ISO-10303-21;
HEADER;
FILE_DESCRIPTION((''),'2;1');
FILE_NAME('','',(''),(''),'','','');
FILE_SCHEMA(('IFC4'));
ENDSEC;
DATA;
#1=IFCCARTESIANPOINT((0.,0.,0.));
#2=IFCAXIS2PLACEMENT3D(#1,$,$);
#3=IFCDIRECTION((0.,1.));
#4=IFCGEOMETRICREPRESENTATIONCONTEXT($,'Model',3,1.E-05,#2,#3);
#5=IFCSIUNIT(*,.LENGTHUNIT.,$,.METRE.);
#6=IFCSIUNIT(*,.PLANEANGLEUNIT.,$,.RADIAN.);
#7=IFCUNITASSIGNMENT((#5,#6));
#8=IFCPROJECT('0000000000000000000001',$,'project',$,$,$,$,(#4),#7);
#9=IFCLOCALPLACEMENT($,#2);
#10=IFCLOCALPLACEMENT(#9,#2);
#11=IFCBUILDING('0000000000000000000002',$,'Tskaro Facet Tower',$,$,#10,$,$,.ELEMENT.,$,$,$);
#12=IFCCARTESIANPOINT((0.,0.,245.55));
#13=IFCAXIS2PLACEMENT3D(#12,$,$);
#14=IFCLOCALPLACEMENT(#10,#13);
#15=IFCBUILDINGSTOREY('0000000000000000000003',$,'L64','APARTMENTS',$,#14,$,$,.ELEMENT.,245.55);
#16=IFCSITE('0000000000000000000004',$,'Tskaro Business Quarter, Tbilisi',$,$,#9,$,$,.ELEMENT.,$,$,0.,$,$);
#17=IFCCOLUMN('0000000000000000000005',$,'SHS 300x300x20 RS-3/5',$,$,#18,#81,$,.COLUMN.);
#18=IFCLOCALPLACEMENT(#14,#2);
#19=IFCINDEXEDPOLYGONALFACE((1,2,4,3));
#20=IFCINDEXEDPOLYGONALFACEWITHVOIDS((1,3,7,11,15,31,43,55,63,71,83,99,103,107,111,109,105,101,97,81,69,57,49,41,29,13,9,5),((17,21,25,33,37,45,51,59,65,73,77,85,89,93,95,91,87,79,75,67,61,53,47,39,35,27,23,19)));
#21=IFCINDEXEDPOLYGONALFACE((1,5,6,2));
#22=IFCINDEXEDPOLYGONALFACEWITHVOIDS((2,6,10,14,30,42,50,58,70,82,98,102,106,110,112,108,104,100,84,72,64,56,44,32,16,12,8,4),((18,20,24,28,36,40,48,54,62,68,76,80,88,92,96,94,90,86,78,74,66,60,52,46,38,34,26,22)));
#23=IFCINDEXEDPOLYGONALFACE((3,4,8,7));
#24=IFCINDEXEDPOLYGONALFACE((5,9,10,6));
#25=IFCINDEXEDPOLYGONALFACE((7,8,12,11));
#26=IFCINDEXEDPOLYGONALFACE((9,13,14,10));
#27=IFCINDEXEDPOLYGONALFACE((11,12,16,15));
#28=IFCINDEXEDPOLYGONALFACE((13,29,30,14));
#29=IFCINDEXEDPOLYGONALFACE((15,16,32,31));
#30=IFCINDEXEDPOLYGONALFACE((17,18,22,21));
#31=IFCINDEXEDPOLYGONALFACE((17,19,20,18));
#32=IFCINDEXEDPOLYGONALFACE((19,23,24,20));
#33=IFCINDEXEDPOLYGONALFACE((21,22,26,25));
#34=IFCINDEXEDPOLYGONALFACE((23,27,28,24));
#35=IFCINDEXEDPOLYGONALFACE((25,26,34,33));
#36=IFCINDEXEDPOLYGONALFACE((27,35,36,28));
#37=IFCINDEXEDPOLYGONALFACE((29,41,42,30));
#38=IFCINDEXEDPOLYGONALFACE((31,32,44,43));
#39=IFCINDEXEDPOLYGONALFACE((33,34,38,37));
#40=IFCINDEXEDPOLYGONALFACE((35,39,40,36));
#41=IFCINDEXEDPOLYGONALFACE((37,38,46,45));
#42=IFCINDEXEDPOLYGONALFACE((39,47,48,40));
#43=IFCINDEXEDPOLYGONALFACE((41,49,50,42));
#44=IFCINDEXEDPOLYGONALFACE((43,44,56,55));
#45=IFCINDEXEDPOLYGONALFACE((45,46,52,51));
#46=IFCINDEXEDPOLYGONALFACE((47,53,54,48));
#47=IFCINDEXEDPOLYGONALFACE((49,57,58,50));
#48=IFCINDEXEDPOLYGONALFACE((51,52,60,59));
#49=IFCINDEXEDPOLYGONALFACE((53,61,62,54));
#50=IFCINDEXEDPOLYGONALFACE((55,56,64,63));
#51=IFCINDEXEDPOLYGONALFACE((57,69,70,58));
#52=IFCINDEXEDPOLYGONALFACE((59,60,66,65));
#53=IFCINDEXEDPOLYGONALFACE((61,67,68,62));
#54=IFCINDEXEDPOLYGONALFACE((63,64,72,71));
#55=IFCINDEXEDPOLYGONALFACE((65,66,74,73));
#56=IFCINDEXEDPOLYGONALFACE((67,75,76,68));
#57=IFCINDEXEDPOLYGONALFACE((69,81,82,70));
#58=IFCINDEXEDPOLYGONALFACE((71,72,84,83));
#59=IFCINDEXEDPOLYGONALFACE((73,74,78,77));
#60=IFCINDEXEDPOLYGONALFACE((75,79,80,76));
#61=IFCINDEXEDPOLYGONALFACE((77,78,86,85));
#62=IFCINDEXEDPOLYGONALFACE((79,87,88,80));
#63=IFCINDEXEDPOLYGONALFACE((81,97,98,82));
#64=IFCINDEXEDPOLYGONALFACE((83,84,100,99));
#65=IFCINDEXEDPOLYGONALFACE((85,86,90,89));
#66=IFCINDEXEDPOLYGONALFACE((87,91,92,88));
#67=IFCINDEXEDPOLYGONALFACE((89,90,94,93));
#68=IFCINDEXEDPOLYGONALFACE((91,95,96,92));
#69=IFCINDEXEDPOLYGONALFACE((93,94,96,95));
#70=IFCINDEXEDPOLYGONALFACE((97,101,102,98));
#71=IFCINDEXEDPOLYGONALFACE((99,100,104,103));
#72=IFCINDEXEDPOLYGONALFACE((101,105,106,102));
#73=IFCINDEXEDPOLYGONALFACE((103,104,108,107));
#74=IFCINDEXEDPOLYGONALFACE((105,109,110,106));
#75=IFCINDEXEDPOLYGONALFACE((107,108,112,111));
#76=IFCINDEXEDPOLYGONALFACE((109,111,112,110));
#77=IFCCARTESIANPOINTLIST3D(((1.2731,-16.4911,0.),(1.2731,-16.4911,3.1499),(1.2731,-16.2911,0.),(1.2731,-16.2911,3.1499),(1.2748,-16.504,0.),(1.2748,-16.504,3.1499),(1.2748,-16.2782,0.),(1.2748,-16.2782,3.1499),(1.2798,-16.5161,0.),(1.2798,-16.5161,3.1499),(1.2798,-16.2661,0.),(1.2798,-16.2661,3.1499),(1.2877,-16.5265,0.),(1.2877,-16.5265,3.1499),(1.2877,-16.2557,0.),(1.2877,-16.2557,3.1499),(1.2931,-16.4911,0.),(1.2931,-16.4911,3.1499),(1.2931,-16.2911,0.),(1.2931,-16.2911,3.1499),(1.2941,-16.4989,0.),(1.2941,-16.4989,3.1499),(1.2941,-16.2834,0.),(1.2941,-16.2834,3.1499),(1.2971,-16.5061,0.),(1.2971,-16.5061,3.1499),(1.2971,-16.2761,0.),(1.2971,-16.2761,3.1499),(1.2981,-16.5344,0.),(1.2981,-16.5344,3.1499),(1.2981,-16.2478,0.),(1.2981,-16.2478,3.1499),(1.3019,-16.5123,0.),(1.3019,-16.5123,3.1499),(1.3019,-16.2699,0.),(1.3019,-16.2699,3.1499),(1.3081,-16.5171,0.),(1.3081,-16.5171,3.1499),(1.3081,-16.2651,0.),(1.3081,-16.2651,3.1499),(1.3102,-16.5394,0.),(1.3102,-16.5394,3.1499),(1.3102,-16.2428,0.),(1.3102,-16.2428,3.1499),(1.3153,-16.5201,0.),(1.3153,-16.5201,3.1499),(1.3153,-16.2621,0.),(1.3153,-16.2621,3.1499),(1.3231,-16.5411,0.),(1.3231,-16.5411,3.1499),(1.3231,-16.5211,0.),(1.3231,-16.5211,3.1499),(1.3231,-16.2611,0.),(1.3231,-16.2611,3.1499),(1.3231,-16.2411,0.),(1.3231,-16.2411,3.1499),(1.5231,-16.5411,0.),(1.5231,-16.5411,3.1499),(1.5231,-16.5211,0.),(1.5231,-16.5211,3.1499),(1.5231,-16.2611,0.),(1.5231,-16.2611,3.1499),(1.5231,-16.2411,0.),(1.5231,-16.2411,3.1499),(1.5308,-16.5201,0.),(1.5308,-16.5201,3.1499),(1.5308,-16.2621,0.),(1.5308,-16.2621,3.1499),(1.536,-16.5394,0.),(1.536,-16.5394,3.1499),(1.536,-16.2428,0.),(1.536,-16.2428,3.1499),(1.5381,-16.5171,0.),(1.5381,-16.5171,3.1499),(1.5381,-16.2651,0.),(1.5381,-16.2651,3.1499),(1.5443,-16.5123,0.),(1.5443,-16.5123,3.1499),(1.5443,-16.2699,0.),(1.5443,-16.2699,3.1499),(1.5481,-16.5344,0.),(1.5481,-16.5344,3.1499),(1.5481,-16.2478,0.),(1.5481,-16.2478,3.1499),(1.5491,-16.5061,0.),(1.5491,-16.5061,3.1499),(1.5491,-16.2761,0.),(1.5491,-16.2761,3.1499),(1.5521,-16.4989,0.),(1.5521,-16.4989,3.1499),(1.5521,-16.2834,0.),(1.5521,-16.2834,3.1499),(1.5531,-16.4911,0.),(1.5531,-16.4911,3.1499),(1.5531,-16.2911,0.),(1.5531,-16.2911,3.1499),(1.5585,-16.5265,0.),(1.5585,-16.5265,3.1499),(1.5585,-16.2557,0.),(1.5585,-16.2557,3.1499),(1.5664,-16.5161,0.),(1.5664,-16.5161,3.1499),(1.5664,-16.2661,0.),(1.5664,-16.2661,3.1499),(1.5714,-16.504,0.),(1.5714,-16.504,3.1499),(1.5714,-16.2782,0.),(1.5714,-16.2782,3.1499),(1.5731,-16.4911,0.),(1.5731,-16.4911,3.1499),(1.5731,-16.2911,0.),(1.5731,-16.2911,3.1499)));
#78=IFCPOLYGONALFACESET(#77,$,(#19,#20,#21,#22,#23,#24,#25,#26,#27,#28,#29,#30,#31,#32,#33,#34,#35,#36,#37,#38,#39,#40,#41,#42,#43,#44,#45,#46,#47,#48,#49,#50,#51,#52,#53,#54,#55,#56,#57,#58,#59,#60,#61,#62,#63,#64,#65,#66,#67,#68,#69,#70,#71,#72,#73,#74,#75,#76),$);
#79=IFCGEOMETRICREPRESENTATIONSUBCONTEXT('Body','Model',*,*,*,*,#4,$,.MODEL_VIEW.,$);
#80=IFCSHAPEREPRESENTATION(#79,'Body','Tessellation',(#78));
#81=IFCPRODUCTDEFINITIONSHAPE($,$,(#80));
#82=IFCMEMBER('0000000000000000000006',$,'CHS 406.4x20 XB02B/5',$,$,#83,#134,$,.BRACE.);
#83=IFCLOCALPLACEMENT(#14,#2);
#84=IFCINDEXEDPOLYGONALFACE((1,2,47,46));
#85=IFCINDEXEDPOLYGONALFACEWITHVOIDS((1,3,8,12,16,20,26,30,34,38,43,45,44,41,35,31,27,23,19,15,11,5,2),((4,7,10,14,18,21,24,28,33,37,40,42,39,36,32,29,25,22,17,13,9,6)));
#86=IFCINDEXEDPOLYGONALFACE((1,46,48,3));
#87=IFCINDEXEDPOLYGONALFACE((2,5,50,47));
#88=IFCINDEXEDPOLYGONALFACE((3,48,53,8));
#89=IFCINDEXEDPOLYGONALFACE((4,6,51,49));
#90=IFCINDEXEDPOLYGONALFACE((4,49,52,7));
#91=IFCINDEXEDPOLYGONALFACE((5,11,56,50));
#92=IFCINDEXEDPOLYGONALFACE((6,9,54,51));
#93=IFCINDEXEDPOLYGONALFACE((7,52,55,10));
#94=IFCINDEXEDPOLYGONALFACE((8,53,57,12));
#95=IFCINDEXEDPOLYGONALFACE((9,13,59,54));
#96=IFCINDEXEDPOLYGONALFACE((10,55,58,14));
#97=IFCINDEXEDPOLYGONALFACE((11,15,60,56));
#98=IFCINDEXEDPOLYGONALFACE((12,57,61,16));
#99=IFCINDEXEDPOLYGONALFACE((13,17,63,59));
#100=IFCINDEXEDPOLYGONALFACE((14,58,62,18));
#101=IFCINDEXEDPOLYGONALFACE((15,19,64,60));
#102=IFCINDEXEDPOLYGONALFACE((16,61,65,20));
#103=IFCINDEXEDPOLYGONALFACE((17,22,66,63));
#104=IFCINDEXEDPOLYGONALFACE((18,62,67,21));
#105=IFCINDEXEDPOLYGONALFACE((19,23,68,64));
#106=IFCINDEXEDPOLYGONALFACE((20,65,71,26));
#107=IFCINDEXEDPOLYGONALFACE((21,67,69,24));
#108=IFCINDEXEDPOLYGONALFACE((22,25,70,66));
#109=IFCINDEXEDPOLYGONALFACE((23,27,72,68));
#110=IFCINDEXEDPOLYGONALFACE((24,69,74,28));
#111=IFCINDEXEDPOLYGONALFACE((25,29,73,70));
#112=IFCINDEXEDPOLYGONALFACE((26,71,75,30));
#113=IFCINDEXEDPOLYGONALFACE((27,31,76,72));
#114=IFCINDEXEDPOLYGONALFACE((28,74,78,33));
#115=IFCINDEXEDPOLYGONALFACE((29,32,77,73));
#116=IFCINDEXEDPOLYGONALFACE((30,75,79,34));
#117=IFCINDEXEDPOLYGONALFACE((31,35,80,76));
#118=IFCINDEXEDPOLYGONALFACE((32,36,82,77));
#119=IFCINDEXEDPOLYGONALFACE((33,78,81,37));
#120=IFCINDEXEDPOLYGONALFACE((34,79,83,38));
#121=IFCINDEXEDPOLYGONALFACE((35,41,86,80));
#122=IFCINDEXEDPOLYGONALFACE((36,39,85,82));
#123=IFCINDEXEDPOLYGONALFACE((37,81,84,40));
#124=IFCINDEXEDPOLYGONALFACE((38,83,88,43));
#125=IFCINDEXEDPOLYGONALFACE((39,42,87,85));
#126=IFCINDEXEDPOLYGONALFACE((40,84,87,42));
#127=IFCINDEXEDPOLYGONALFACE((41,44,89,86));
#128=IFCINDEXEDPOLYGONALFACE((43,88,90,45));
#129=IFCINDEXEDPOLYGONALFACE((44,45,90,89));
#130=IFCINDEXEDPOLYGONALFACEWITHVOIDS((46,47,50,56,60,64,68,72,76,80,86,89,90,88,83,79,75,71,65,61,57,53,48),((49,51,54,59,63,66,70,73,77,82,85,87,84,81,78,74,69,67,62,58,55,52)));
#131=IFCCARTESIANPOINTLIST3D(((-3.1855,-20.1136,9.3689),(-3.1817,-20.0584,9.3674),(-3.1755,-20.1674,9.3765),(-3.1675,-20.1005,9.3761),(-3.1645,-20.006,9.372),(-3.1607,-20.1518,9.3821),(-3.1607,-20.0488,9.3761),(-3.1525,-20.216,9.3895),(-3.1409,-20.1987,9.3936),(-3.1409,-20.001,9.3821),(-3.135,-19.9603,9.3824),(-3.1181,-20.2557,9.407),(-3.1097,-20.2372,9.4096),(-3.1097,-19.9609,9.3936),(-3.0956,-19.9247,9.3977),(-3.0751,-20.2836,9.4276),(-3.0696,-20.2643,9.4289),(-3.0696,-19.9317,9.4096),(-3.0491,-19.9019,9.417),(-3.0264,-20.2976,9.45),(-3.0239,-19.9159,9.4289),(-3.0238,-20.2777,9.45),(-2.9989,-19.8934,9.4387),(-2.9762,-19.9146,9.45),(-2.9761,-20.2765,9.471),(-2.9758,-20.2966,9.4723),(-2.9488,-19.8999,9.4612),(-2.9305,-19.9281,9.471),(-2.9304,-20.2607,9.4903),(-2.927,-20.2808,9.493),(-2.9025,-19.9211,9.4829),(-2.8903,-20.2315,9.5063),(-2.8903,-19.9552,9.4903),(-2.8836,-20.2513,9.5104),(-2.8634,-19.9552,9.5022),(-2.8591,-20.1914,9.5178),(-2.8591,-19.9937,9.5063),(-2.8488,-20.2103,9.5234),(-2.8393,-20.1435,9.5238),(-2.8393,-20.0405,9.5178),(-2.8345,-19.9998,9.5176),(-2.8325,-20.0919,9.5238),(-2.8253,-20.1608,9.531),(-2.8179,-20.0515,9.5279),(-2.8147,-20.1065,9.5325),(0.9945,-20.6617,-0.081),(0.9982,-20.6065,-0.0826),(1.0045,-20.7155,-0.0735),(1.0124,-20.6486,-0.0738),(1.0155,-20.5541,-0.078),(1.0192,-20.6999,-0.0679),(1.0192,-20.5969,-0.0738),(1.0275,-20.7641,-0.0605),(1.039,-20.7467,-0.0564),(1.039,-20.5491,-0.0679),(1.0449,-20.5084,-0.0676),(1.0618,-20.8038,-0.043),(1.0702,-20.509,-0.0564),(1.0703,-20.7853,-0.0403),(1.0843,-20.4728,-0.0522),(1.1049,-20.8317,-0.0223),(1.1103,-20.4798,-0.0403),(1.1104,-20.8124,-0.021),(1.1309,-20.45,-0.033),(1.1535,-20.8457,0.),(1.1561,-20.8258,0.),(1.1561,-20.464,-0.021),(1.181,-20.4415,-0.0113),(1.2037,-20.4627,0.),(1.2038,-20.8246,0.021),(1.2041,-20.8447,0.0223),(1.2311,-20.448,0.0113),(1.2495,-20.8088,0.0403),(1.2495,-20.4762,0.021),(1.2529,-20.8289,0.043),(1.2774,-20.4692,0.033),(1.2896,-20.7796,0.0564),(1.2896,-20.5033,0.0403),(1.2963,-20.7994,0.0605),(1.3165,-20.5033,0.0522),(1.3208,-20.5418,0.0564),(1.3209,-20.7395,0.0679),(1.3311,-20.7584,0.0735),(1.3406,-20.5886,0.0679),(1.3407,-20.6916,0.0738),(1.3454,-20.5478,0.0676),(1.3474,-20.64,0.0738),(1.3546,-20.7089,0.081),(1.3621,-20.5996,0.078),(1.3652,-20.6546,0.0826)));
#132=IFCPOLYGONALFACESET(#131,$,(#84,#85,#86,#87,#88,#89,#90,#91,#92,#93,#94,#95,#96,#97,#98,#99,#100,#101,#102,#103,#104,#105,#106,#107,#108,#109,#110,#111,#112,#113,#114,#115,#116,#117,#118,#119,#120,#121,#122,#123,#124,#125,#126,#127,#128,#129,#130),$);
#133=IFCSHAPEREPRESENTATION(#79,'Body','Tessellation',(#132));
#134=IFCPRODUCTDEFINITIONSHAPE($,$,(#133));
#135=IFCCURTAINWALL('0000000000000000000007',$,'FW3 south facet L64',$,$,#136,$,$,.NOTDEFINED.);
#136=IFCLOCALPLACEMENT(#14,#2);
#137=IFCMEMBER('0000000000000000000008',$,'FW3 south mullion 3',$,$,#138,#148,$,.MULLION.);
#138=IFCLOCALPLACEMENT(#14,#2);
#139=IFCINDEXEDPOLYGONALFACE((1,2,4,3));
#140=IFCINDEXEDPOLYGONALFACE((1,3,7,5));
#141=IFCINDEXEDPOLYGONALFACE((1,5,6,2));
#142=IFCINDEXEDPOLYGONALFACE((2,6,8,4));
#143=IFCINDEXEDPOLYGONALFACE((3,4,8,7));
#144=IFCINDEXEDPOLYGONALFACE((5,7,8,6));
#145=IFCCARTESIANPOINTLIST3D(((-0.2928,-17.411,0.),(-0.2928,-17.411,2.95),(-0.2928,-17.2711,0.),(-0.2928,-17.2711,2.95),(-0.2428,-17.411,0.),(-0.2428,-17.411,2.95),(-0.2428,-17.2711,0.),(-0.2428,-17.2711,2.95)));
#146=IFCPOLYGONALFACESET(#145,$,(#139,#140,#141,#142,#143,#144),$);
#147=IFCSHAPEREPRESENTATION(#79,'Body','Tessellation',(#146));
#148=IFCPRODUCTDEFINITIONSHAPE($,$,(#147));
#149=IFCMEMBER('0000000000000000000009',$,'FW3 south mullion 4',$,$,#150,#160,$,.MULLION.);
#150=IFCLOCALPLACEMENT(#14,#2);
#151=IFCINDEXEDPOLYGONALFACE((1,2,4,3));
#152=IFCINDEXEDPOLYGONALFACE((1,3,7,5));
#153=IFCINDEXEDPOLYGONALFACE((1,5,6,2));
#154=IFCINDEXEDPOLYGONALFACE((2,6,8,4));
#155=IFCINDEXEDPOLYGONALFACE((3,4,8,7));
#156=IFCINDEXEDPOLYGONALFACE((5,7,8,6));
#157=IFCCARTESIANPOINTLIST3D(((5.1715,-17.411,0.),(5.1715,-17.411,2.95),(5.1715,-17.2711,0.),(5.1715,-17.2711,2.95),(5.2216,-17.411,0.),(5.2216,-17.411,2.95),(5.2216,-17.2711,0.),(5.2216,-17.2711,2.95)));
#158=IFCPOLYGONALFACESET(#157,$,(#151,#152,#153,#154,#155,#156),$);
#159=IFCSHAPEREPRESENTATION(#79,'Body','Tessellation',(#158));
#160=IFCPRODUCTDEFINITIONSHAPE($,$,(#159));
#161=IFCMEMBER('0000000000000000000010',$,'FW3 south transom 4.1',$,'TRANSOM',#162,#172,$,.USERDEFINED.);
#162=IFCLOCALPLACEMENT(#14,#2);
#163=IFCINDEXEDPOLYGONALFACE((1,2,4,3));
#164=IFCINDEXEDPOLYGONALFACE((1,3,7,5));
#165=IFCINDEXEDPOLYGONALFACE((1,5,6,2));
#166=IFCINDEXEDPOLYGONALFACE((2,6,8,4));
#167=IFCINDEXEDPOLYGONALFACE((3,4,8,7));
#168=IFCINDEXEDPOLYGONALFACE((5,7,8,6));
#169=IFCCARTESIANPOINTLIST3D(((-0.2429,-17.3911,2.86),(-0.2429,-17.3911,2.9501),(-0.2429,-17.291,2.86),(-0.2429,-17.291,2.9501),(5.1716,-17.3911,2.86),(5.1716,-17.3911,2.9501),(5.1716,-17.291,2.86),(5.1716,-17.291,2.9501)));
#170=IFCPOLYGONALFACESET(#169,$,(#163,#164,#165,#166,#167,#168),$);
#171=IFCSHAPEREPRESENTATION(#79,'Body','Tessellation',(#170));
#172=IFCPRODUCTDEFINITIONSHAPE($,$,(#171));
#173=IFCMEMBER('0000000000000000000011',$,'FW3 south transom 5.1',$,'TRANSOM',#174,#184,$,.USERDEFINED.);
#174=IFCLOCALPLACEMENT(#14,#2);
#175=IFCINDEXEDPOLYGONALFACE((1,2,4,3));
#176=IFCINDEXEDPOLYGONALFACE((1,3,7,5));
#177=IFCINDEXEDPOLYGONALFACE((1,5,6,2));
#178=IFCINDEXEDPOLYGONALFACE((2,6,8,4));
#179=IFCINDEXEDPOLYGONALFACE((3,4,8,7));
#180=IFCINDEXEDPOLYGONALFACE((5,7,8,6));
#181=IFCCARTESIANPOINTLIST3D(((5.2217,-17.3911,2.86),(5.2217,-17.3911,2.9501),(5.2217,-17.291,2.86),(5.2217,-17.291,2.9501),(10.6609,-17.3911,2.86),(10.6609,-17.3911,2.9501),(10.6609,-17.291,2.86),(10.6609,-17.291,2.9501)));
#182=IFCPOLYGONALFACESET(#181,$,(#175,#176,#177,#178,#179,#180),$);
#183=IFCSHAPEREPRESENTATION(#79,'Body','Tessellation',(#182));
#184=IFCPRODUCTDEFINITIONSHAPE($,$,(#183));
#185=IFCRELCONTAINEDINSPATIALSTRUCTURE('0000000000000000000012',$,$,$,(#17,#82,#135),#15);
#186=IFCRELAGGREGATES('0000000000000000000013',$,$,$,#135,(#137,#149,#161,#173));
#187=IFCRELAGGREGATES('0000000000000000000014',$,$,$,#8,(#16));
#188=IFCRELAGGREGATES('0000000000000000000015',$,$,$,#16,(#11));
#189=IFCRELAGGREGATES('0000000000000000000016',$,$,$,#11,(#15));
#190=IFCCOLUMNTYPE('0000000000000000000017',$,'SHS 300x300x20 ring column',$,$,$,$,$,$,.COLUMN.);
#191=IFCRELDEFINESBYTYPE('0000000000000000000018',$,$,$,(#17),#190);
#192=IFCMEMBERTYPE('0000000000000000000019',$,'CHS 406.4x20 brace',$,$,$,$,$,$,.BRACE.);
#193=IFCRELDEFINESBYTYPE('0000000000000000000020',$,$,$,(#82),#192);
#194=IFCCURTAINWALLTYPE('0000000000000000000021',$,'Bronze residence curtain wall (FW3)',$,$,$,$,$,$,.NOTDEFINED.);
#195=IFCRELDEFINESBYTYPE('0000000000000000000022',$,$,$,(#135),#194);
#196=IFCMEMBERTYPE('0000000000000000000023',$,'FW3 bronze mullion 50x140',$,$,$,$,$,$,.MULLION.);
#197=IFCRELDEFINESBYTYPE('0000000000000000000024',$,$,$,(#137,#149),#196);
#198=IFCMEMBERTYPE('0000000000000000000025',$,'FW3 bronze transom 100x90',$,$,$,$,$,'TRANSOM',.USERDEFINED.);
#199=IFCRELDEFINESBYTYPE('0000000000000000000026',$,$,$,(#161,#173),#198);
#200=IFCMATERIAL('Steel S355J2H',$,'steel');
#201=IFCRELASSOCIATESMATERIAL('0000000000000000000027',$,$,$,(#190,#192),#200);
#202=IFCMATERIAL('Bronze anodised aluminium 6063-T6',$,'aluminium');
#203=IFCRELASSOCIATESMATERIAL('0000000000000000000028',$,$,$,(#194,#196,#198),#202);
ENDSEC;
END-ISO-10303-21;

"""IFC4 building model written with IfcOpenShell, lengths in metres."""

from ifc_helpers import new_model, si_unit, direction, frame, origin, origin_2d, place, context, subcontext, project, spatial, rectangle, hollow_rectangle, hollow_circle, extrude, material, material_profile, profile_set, type_object, element, aggregate, save


model = new_model("IFC4")

# Units and contexts
model_context = context("Model", 3, precision=1e-05, world=origin(), true_north=direction((0.0, 1.0)))
body_context = subcontext(model_context, "Body", "Model", "MODEL_VIEW")
ifc_project = project(units=[si_unit("LENGTHUNIT", "METRE"), si_unit("PLANEANGLEUNIT", "RADIAN")], contexts=[model_context])

# Site, building, storey
site_placement = place(None, origin())
site = spatial("IfcSite", under=ifc_project, at=site_placement, Name="Tskaro Business Quarter, Tbilisi", CompositionType="ELEMENT", RefElevation=0.0)
building_placement = place(site_placement, origin())
building = spatial("IfcBuilding", under=site, at=building_placement, Name="Tskaro Facet Tower", CompositionType="ELEMENT")
storey_placement = place(building_placement, frame((0.0, 0.0, 245.55)))
storey = spatial("IfcBuildingStorey", under=building, at=storey_placement, Name="L64", Description="APARTMENTS", CompositionType="ELEMENT", Elevation=245.55)

# Column
ifc_material_1 = material(Name="Steel S355J2H", Category="steel")
ifc_material_profile_1 = material_profile(ifc_material_1, hollow_rectangle(XDim=0.3, YDim=0.3, WallThickness=0.02, InnerFilletRadius=0.03, OuterFilletRadius=0.05, at=origin_2d()), Name="SHS 300x300x20")
ifc_profile_set_1 = profile_set([ifc_material_profile_1], Name="Steel S355J2H")
column_type = type_object("IfcColumnType", Name="SHS 300x300x20 ring column", PredefinedType="COLUMN", material=ifc_profile_set_1)
column_placement = place(storey_placement, frame((1.4231, -16.3911, 0.0), z_axis=(0.0, 0.0, 1.0), x_axis=(1.0, 0.0, 0.0)))
element("IfcColumn", 1, at=column_placement, inside=storey, type_object=column_type, Name="SHS 300x300x20 RS-3/5", PredefinedType="COLUMN", context=body_context, shape_type="SweptSolid", body=[
    extrude(hollow_rectangle(XDim=0.3, YDim=0.3, WallThickness=0.02, InnerFilletRadius=0.03, OuterFilletRadius=0.05, at=origin_2d()), origin(), (0.0, 0.0, 1.0), 3.1499),
])

# Member
ifc_material_profile_2 = material_profile(ifc_material_1, hollow_circle(Radius=0.2031, WallThickness=0.02, at=origin_2d()), Name="CHS 406.4x20")
ifc_profile_set_2 = profile_set([ifc_material_profile_2], Name="Steel S355J2H")
member_type_1 = type_object("IfcMemberType", Name="CHS 406.4x20 brace", PredefinedType="BRACE", material=ifc_profile_set_2)
member_1_placement = place(storey_placement, frame((1.1799, -20.6443, 0.0), z_axis=(-0.40395, 0.052968, 0.913246), x_axis=(-0.130013, -0.991512, 0.0)))
element("IfcMember", 2, at=member_1_placement, inside=storey, type_object=member_type_1, Name="CHS 406.4x20 XB02B/5", PredefinedType="BRACE", context=body_context, shape_type="SweptSolid", body=[
    extrude(hollow_circle(Radius=0.2031, WallThickness=0.02, at=origin_2d()), origin(), (0.0, 0.0, 1.0), 10.3477),
])

# Curtain wall, members
ifc_material_2 = material(Name="Bronze anodised aluminium 6063-T6", Category="aluminium")
curtain_wall_type = type_object("IfcCurtainWallType", Name="Bronze residence curtain wall (FW3)", PredefinedType="NOTDEFINED", material=ifc_material_2)
curtain_wall_placement = place(storey_placement, origin())
curtain_wall = element("IfcCurtainWall", 3, at=curtain_wall_placement, inside=storey, type_object=curtain_wall_type, Name="FW3 south facet L64", PredefinedType="NOTDEFINED")
ifc_material_profile_3 = material_profile(ifc_material_2, rectangle(XDim=0.05, YDim=0.1399, at=origin_2d()), Name="Mullion 50x140")
ifc_profile_set_3 = profile_set([ifc_material_profile_3], Name="Bronze anodised aluminium 6063-T6")
member_type_2 = type_object("IfcMemberType", Name="FW3 bronze mullion 50x140", PredefinedType="MULLION", material=ifc_profile_set_3)
member_2_placement = place(storey_placement, frame((-0.2678, -17.3411, 0.0), z_axis=(0.0, 0.0, 1.0), x_axis=(1.0, 0.0, 0.0)))
member_2 = element("IfcMember", 4, at=member_2_placement, type_object=member_type_2, Name="FW3 south mullion 3", PredefinedType="MULLION", context=body_context, shape_type="SweptSolid", body=[
    extrude(rectangle(XDim=0.05, YDim=0.1399, at=origin_2d()), origin(), (0.0, 0.0, 1.0), 2.95),
])
member_3_placement = place(storey_placement, frame((5.1965, -17.3411, 0.0), z_axis=(0.0, 0.0, 1.0), x_axis=(1.0, 0.0, 0.0)))
member_3 = element("IfcMember", 5, at=member_3_placement, type_object=member_type_2, Name="FW3 south mullion 4", PredefinedType="MULLION", context=body_context, shape_type="SweptSolid", body=[
    extrude(rectangle(XDim=0.05, YDim=0.1399, at=origin_2d()), origin(), (0.0, 0.0, 1.0), 2.95),
])
ifc_material_profile_4 = material_profile(ifc_material_2, rectangle(XDim=0.1001, YDim=0.0901, at=origin_2d()), Name="Transom 100x90")
ifc_profile_set_4 = profile_set([ifc_material_profile_4], Name="Bronze anodised aluminium 6063-T6")
member_type_3 = type_object("IfcMemberType", Name="FW3 bronze transom 100x90", ElementType="TRANSOM", PredefinedType="USERDEFINED", material=ifc_profile_set_4)
member_4_placement = place(storey_placement, frame((-0.2429, -17.3411, 2.905), z_axis=(1.0, 0.0, 0.0), x_axis=(0.0, 1.0, 0.0)))
member_4 = element("IfcMember", 6, at=member_4_placement, type_object=member_type_3, Name="FW3 south transom 4.1", ObjectType="TRANSOM", PredefinedType="USERDEFINED", context=body_context, shape_type="SweptSolid", body=[
    extrude(rectangle(XDim=0.1001, YDim=0.0901, at=origin_2d()), origin(), (0.0, 0.0, 1.0), 5.4146),
])
member_5_placement = place(storey_placement, frame((5.2217, -17.3411, 2.905), z_axis=(1.0, 0.0, 0.0), x_axis=(0.0, 1.0, 0.0)))
member_5 = element("IfcMember", 7, at=member_5_placement, type_object=member_type_3, Name="FW3 south transom 5.1", ObjectType="TRANSOM", PredefinedType="USERDEFINED", context=body_context, shape_type="SweptSolid", body=[
    extrude(rectangle(XDim=0.1001, YDim=0.0901, at=origin_2d()), origin(), (0.0, 0.0, 1.0), 5.4392),
])

aggregate(curtain_wall, [member_2, member_3, member_4, member_5])

save(model, "model.ifc")
